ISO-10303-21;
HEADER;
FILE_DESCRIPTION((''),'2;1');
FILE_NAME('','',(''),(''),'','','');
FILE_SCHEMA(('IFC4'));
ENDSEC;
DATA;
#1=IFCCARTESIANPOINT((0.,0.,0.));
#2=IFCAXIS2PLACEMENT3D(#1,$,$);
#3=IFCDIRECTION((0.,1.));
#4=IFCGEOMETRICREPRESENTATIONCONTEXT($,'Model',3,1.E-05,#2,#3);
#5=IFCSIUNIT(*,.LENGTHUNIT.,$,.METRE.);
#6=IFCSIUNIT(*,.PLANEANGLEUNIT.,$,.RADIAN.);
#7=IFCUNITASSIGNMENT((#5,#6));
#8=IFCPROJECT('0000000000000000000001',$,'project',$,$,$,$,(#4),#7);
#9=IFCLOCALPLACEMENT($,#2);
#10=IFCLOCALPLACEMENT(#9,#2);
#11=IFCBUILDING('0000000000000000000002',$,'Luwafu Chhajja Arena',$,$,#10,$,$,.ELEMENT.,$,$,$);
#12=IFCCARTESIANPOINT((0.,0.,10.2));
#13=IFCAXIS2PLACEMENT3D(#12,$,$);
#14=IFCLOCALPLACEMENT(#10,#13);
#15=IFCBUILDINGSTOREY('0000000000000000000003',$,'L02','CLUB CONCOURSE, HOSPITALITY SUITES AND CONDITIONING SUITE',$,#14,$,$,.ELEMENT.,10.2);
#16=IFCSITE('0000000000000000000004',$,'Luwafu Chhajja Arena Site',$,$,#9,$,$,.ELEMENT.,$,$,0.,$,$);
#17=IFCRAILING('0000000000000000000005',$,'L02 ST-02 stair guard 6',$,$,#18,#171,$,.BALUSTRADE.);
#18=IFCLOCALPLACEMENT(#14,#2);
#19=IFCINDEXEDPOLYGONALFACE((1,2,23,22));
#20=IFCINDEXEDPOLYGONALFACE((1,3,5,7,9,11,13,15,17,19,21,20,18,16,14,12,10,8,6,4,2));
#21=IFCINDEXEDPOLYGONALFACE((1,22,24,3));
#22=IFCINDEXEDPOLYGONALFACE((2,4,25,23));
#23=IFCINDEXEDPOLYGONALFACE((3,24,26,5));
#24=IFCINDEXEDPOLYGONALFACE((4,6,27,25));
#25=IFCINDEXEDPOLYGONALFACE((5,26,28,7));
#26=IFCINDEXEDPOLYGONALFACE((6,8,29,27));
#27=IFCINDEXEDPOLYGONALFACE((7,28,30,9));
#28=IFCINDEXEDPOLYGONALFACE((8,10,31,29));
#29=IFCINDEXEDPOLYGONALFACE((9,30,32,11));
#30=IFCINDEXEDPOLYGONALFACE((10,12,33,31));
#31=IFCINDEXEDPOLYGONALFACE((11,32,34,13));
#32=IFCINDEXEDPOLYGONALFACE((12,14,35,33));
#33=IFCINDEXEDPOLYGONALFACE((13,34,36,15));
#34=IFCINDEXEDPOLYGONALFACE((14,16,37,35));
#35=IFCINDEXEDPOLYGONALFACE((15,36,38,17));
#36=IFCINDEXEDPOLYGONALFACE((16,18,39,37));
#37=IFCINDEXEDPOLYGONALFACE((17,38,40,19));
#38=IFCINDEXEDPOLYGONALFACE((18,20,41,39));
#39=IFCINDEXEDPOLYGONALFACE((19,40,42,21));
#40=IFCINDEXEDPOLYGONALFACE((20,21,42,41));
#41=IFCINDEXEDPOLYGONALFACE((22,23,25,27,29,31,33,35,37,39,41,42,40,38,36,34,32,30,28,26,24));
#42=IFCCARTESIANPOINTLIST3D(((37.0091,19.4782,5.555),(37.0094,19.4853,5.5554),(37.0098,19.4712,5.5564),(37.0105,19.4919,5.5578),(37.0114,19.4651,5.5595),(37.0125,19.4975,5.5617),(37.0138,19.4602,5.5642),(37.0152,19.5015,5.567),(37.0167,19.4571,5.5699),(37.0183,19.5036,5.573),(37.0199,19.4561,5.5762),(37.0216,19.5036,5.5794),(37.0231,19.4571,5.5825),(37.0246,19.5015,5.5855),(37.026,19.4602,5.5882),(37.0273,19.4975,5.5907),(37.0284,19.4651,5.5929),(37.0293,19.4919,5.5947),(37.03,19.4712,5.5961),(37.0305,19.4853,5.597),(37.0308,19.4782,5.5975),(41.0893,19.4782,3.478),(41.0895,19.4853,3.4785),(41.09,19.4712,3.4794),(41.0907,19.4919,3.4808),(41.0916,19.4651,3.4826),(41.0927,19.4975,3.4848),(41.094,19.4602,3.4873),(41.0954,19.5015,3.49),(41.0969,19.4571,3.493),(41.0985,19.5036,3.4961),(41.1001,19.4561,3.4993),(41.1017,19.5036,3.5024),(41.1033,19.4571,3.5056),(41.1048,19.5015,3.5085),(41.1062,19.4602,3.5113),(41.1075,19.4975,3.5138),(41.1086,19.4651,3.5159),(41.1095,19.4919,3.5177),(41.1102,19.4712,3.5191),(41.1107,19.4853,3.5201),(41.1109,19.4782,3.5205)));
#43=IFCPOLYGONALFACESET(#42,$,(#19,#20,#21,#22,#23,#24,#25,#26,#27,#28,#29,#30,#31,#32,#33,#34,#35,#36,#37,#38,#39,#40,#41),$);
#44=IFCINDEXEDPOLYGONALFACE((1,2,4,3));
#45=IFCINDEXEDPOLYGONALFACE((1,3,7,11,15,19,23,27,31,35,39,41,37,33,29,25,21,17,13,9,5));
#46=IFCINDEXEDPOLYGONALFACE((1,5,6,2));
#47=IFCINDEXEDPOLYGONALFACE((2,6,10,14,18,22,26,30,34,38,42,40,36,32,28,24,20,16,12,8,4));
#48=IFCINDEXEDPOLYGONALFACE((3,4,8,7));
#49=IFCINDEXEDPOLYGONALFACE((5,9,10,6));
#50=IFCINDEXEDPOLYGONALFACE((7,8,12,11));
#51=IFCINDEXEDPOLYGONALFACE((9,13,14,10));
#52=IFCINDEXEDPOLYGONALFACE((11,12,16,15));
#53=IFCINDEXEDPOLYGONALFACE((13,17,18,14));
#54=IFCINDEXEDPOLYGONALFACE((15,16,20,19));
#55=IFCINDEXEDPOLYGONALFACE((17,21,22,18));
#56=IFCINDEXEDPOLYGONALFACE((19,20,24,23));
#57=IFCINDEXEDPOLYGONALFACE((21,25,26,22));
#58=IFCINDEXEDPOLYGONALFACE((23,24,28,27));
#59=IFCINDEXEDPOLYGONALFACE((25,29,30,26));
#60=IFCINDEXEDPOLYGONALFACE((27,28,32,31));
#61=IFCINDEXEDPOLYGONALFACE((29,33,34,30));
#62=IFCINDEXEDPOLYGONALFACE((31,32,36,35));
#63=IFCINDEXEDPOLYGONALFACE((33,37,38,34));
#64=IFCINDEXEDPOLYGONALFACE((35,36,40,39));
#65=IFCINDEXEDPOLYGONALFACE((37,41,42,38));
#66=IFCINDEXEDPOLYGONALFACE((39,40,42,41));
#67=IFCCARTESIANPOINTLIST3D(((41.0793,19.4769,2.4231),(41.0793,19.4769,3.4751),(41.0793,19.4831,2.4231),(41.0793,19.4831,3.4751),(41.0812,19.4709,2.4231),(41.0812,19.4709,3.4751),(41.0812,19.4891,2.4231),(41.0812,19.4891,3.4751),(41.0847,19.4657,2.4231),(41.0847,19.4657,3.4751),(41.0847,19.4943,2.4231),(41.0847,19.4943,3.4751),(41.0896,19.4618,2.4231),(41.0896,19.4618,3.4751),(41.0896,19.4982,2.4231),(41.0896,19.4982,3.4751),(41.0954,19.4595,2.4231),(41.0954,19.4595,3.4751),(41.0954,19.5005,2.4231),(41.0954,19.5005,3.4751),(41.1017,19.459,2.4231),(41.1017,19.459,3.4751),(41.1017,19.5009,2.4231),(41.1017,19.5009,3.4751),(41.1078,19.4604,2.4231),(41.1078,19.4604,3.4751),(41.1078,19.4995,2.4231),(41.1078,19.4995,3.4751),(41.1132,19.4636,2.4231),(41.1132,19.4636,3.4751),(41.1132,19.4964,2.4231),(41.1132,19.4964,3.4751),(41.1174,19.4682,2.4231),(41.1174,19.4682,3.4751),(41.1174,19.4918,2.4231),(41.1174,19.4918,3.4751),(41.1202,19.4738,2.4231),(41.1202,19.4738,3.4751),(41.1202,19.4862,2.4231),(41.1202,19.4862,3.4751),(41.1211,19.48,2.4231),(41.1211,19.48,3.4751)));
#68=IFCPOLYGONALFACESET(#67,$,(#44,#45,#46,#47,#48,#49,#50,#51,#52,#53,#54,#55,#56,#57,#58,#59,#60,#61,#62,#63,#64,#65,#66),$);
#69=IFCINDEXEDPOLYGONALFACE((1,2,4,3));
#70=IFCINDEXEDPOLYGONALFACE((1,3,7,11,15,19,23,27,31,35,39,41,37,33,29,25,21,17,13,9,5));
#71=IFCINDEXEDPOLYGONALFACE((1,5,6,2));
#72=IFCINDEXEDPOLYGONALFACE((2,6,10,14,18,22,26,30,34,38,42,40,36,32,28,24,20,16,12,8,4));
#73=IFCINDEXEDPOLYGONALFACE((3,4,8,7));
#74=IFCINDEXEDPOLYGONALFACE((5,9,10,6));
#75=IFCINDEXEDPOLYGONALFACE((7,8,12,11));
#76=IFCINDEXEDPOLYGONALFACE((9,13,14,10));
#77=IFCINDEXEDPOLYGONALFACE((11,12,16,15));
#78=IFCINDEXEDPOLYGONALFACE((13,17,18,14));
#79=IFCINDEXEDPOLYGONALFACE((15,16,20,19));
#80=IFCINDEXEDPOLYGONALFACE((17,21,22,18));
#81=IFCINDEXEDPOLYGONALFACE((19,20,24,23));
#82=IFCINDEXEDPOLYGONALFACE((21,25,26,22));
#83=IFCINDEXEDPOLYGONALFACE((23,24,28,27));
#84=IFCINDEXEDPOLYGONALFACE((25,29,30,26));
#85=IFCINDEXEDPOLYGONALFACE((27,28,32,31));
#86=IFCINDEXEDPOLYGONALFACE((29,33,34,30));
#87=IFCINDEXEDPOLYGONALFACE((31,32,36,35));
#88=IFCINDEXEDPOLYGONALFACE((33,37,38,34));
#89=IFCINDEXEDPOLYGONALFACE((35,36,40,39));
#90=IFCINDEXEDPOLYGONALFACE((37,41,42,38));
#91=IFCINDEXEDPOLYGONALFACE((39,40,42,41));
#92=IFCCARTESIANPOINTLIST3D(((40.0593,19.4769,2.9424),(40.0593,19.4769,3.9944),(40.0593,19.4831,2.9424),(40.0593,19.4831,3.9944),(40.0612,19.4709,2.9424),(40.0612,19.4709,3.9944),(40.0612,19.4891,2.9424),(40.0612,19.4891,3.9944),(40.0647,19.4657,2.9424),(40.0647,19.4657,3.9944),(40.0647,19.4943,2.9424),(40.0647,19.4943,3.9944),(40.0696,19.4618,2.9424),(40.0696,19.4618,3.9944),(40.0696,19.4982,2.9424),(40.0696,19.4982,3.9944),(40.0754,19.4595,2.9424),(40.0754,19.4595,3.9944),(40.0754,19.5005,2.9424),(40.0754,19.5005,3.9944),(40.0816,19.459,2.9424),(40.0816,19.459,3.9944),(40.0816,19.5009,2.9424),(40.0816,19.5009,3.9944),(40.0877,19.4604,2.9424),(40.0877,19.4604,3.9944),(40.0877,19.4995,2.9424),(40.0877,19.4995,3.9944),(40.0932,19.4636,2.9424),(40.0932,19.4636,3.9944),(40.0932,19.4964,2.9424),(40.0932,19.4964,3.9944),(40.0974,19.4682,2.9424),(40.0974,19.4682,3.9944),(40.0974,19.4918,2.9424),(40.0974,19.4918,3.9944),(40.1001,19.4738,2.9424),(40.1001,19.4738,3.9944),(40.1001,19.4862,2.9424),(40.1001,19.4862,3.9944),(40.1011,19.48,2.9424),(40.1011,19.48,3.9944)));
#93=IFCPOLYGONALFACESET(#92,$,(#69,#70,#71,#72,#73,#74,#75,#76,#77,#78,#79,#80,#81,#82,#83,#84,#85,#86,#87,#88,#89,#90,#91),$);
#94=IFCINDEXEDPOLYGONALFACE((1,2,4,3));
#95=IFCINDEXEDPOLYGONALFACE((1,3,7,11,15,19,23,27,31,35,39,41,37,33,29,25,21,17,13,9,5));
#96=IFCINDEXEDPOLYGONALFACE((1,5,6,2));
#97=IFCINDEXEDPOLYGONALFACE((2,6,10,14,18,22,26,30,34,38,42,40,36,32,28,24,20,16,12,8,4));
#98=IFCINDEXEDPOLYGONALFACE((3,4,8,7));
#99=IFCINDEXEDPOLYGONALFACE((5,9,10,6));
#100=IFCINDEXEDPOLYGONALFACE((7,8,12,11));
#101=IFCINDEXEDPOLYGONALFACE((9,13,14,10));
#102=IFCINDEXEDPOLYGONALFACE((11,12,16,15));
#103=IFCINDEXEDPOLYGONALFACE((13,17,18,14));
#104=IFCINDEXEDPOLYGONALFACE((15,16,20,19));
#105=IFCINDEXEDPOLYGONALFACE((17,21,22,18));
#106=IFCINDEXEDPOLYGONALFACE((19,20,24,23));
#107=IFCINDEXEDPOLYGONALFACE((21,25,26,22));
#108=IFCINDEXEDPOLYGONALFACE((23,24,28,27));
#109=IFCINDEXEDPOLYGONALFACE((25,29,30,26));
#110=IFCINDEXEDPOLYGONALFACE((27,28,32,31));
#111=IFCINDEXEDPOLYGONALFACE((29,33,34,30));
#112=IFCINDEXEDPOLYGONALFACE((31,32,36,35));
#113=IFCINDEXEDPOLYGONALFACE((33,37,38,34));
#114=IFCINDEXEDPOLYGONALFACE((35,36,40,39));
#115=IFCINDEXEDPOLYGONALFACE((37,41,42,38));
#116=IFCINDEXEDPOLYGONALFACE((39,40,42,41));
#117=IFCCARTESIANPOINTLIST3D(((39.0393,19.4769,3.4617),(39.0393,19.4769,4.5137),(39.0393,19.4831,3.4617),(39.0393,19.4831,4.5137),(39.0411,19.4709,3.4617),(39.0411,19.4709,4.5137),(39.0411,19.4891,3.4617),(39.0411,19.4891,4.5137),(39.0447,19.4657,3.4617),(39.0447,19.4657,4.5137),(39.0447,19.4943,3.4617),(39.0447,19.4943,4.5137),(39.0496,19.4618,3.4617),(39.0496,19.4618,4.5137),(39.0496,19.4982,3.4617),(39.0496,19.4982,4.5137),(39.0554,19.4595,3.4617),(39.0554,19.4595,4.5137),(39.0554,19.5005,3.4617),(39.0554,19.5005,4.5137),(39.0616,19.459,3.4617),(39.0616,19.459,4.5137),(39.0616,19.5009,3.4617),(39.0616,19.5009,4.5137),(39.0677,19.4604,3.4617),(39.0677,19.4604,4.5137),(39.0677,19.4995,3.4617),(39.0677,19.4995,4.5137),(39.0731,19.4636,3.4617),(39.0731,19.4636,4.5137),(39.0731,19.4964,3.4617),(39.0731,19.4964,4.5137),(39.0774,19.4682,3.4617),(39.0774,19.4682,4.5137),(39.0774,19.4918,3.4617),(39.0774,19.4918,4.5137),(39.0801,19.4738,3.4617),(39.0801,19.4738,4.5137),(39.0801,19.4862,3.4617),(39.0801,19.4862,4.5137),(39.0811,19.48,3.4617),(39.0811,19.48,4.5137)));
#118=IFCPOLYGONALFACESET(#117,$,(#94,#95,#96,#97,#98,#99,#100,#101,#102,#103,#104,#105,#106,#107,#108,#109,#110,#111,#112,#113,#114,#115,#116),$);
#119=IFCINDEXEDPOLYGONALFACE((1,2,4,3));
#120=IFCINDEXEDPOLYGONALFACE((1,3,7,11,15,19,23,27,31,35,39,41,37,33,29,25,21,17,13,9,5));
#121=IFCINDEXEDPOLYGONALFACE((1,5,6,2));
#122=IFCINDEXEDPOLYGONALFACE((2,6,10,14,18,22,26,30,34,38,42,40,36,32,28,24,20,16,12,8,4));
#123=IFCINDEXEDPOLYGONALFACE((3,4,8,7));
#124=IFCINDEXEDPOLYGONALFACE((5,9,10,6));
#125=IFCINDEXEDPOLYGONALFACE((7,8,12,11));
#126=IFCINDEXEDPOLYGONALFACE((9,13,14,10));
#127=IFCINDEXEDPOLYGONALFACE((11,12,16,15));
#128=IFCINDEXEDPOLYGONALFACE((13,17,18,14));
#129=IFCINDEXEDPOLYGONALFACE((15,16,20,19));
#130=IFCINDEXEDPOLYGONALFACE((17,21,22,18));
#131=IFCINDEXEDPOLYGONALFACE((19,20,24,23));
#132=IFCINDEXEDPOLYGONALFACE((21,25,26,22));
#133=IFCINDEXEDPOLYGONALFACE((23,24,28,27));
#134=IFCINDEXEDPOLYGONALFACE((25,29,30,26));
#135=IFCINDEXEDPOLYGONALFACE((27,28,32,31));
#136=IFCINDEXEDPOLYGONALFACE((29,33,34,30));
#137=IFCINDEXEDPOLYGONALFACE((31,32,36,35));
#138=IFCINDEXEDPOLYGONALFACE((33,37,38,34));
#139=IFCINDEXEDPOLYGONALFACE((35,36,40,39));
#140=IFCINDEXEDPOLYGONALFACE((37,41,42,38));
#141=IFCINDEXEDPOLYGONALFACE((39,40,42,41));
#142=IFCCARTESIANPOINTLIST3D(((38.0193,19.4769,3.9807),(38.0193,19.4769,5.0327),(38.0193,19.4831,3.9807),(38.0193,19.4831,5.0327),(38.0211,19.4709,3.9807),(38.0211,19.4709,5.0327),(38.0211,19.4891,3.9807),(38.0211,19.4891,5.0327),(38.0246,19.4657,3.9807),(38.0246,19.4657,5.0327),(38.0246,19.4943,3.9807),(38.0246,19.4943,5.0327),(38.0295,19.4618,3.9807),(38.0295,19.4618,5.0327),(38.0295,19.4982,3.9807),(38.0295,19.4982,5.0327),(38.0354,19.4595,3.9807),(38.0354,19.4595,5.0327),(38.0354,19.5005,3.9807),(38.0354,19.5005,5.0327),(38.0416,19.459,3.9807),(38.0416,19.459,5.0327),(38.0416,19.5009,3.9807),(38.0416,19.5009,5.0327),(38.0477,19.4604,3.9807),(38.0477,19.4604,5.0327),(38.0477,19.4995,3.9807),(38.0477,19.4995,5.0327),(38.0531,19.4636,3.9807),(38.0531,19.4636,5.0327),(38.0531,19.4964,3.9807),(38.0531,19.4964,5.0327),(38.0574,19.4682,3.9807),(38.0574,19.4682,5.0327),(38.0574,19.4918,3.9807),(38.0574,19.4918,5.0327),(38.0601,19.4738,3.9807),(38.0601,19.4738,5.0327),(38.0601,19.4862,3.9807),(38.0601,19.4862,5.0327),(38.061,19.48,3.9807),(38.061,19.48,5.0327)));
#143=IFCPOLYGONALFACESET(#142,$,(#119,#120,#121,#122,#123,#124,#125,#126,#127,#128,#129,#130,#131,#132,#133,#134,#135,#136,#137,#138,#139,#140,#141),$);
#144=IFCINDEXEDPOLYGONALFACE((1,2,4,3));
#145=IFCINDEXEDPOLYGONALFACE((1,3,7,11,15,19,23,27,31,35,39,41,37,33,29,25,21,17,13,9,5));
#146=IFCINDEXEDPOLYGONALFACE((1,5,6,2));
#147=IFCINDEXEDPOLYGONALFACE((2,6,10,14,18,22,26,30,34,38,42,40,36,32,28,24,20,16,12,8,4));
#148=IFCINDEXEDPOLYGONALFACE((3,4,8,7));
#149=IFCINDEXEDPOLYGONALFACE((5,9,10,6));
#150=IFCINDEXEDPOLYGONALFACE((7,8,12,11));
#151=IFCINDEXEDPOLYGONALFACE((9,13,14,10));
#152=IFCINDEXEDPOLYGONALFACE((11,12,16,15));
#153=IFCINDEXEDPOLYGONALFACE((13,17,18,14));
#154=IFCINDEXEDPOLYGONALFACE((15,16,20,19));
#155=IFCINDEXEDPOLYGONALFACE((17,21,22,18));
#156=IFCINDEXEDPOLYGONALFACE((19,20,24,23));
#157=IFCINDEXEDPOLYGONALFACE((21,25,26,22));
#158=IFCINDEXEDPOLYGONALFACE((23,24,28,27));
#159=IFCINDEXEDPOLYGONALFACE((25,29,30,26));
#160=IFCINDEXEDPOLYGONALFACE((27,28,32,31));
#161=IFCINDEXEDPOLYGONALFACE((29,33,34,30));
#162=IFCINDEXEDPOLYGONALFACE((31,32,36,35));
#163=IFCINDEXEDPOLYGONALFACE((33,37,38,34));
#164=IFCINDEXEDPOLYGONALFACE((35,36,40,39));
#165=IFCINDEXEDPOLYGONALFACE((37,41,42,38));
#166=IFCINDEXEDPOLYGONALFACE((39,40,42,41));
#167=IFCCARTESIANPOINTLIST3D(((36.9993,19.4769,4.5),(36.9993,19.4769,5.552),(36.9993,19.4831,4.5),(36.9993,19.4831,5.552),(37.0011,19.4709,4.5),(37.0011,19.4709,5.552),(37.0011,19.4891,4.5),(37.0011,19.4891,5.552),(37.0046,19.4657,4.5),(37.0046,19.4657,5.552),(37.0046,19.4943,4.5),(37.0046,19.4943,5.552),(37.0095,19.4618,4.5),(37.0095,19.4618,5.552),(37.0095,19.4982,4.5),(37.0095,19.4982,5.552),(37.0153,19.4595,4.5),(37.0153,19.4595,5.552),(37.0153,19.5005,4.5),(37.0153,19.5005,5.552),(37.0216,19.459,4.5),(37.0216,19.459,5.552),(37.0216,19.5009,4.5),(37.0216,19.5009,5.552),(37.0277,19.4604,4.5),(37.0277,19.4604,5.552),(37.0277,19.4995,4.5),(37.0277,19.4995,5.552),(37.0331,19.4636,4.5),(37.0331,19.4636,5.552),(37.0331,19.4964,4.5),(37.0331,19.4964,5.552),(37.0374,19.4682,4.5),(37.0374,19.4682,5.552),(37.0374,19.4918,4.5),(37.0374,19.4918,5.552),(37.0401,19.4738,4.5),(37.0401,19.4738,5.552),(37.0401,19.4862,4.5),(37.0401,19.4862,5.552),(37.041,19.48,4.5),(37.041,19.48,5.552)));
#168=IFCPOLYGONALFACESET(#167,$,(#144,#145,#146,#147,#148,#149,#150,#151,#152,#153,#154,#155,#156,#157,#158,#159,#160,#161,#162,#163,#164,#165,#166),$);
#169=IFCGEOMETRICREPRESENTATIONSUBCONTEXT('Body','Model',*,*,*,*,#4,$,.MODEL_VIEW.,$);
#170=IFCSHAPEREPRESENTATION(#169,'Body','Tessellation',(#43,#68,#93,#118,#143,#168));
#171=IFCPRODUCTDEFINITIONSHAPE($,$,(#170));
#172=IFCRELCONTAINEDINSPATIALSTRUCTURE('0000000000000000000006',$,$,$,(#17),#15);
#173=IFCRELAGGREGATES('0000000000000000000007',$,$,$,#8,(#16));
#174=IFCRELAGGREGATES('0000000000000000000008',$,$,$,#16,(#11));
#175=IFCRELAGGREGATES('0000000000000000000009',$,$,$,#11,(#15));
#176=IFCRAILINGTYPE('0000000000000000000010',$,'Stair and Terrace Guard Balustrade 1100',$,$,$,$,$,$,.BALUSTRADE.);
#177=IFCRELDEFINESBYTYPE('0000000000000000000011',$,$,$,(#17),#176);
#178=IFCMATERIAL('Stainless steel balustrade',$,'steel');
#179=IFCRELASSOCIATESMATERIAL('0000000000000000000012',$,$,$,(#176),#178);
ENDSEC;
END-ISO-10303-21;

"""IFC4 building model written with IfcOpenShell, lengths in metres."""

from ifc_helpers import new_model, si_unit, direction, frame, origin, origin_2d, place, context, subcontext, project, spatial, circle, extrude, material, type_object, element, save


model = new_model("IFC4")

# Units and contexts
model_context = context("Model", 3, precision=1e-05, world=origin(), true_north=direction((0.0, 1.0)))
body_context = subcontext(model_context, "Body", "Model", "MODEL_VIEW")
ifc_project = project(units=[si_unit("LENGTHUNIT", "METRE"), si_unit("PLANEANGLEUNIT", "RADIAN")], contexts=[model_context])

# Site, building, storey
site_placement = place(None, origin())
site = spatial("IfcSite", under=ifc_project, at=site_placement, Name="Luwafu Chhajja Arena Site", CompositionType="ELEMENT", RefElevation=0.0)
building_placement = place(site_placement, origin())
building = spatial("IfcBuilding", under=site, at=building_placement, Name="Luwafu Chhajja Arena", CompositionType="ELEMENT")
storey_placement = place(building_placement, frame((0.0, 0.0, 10.2)))
storey = spatial("IfcBuildingStorey", under=building, at=storey_placement, Name="L02", Description="CLUB CONCOURSE, HOSPITALITY SUITES AND CONDITIONING SUITE", CompositionType="ELEMENT", Elevation=10.2)

# Railing
ifc_material_1 = material(Name="Stainless steel balustrade", Category="steel")
railing_type_1 = type_object("IfcRailingType", Name="Stair and Terrace Guard Balustrade 1100", PredefinedType="BALUSTRADE", material=ifc_material_1)
railing_1_placement = place(storey_placement, frame((41.1001, 19.48, 2.4231)))
element("IfcRailing", 1, at=railing_1_placement, inside=storey, type_object=railing_type_1, Name="L02 ST-02 stair guard 6", PredefinedType="BALUSTRADE", context=body_context, shape_type="SweptSolid", body=[
    extrude(circle(Radius=0.0239, at=origin_2d()), frame((0.0, 0.0, 1.0762), z_axis=(-0.891183, 0.0, 0.453644), x_axis=(0.0, -1.0, 0.0)), (0.0, 0.0, 1.0), 4.5784),
    extrude(circle(Radius=0.021, at=origin_2d()), origin(), (0.0, 0.0, 1.0), 1.052),
    extrude(circle(Radius=0.021, at=origin_2d()), frame((-1.02, 0.0, 0.5193)), (0.0, 0.0, 1.0), 1.052),
    extrude(circle(Radius=0.021, at=origin_2d()), frame((-2.04, 0.0, 1.0386)), (0.0, 0.0, 1.0), 1.052),
    extrude(circle(Radius=0.021, at=origin_2d()), frame((-3.0601, 0.0, 1.5576)), (0.0, 0.0, 1.0), 1.052),
    extrude(circle(Radius=0.021, at=origin_2d()), frame((-4.0801, 0.0, 2.0769)), (0.0, 0.0, 1.0), 1.052),
])

save(model, "model.ifc")
